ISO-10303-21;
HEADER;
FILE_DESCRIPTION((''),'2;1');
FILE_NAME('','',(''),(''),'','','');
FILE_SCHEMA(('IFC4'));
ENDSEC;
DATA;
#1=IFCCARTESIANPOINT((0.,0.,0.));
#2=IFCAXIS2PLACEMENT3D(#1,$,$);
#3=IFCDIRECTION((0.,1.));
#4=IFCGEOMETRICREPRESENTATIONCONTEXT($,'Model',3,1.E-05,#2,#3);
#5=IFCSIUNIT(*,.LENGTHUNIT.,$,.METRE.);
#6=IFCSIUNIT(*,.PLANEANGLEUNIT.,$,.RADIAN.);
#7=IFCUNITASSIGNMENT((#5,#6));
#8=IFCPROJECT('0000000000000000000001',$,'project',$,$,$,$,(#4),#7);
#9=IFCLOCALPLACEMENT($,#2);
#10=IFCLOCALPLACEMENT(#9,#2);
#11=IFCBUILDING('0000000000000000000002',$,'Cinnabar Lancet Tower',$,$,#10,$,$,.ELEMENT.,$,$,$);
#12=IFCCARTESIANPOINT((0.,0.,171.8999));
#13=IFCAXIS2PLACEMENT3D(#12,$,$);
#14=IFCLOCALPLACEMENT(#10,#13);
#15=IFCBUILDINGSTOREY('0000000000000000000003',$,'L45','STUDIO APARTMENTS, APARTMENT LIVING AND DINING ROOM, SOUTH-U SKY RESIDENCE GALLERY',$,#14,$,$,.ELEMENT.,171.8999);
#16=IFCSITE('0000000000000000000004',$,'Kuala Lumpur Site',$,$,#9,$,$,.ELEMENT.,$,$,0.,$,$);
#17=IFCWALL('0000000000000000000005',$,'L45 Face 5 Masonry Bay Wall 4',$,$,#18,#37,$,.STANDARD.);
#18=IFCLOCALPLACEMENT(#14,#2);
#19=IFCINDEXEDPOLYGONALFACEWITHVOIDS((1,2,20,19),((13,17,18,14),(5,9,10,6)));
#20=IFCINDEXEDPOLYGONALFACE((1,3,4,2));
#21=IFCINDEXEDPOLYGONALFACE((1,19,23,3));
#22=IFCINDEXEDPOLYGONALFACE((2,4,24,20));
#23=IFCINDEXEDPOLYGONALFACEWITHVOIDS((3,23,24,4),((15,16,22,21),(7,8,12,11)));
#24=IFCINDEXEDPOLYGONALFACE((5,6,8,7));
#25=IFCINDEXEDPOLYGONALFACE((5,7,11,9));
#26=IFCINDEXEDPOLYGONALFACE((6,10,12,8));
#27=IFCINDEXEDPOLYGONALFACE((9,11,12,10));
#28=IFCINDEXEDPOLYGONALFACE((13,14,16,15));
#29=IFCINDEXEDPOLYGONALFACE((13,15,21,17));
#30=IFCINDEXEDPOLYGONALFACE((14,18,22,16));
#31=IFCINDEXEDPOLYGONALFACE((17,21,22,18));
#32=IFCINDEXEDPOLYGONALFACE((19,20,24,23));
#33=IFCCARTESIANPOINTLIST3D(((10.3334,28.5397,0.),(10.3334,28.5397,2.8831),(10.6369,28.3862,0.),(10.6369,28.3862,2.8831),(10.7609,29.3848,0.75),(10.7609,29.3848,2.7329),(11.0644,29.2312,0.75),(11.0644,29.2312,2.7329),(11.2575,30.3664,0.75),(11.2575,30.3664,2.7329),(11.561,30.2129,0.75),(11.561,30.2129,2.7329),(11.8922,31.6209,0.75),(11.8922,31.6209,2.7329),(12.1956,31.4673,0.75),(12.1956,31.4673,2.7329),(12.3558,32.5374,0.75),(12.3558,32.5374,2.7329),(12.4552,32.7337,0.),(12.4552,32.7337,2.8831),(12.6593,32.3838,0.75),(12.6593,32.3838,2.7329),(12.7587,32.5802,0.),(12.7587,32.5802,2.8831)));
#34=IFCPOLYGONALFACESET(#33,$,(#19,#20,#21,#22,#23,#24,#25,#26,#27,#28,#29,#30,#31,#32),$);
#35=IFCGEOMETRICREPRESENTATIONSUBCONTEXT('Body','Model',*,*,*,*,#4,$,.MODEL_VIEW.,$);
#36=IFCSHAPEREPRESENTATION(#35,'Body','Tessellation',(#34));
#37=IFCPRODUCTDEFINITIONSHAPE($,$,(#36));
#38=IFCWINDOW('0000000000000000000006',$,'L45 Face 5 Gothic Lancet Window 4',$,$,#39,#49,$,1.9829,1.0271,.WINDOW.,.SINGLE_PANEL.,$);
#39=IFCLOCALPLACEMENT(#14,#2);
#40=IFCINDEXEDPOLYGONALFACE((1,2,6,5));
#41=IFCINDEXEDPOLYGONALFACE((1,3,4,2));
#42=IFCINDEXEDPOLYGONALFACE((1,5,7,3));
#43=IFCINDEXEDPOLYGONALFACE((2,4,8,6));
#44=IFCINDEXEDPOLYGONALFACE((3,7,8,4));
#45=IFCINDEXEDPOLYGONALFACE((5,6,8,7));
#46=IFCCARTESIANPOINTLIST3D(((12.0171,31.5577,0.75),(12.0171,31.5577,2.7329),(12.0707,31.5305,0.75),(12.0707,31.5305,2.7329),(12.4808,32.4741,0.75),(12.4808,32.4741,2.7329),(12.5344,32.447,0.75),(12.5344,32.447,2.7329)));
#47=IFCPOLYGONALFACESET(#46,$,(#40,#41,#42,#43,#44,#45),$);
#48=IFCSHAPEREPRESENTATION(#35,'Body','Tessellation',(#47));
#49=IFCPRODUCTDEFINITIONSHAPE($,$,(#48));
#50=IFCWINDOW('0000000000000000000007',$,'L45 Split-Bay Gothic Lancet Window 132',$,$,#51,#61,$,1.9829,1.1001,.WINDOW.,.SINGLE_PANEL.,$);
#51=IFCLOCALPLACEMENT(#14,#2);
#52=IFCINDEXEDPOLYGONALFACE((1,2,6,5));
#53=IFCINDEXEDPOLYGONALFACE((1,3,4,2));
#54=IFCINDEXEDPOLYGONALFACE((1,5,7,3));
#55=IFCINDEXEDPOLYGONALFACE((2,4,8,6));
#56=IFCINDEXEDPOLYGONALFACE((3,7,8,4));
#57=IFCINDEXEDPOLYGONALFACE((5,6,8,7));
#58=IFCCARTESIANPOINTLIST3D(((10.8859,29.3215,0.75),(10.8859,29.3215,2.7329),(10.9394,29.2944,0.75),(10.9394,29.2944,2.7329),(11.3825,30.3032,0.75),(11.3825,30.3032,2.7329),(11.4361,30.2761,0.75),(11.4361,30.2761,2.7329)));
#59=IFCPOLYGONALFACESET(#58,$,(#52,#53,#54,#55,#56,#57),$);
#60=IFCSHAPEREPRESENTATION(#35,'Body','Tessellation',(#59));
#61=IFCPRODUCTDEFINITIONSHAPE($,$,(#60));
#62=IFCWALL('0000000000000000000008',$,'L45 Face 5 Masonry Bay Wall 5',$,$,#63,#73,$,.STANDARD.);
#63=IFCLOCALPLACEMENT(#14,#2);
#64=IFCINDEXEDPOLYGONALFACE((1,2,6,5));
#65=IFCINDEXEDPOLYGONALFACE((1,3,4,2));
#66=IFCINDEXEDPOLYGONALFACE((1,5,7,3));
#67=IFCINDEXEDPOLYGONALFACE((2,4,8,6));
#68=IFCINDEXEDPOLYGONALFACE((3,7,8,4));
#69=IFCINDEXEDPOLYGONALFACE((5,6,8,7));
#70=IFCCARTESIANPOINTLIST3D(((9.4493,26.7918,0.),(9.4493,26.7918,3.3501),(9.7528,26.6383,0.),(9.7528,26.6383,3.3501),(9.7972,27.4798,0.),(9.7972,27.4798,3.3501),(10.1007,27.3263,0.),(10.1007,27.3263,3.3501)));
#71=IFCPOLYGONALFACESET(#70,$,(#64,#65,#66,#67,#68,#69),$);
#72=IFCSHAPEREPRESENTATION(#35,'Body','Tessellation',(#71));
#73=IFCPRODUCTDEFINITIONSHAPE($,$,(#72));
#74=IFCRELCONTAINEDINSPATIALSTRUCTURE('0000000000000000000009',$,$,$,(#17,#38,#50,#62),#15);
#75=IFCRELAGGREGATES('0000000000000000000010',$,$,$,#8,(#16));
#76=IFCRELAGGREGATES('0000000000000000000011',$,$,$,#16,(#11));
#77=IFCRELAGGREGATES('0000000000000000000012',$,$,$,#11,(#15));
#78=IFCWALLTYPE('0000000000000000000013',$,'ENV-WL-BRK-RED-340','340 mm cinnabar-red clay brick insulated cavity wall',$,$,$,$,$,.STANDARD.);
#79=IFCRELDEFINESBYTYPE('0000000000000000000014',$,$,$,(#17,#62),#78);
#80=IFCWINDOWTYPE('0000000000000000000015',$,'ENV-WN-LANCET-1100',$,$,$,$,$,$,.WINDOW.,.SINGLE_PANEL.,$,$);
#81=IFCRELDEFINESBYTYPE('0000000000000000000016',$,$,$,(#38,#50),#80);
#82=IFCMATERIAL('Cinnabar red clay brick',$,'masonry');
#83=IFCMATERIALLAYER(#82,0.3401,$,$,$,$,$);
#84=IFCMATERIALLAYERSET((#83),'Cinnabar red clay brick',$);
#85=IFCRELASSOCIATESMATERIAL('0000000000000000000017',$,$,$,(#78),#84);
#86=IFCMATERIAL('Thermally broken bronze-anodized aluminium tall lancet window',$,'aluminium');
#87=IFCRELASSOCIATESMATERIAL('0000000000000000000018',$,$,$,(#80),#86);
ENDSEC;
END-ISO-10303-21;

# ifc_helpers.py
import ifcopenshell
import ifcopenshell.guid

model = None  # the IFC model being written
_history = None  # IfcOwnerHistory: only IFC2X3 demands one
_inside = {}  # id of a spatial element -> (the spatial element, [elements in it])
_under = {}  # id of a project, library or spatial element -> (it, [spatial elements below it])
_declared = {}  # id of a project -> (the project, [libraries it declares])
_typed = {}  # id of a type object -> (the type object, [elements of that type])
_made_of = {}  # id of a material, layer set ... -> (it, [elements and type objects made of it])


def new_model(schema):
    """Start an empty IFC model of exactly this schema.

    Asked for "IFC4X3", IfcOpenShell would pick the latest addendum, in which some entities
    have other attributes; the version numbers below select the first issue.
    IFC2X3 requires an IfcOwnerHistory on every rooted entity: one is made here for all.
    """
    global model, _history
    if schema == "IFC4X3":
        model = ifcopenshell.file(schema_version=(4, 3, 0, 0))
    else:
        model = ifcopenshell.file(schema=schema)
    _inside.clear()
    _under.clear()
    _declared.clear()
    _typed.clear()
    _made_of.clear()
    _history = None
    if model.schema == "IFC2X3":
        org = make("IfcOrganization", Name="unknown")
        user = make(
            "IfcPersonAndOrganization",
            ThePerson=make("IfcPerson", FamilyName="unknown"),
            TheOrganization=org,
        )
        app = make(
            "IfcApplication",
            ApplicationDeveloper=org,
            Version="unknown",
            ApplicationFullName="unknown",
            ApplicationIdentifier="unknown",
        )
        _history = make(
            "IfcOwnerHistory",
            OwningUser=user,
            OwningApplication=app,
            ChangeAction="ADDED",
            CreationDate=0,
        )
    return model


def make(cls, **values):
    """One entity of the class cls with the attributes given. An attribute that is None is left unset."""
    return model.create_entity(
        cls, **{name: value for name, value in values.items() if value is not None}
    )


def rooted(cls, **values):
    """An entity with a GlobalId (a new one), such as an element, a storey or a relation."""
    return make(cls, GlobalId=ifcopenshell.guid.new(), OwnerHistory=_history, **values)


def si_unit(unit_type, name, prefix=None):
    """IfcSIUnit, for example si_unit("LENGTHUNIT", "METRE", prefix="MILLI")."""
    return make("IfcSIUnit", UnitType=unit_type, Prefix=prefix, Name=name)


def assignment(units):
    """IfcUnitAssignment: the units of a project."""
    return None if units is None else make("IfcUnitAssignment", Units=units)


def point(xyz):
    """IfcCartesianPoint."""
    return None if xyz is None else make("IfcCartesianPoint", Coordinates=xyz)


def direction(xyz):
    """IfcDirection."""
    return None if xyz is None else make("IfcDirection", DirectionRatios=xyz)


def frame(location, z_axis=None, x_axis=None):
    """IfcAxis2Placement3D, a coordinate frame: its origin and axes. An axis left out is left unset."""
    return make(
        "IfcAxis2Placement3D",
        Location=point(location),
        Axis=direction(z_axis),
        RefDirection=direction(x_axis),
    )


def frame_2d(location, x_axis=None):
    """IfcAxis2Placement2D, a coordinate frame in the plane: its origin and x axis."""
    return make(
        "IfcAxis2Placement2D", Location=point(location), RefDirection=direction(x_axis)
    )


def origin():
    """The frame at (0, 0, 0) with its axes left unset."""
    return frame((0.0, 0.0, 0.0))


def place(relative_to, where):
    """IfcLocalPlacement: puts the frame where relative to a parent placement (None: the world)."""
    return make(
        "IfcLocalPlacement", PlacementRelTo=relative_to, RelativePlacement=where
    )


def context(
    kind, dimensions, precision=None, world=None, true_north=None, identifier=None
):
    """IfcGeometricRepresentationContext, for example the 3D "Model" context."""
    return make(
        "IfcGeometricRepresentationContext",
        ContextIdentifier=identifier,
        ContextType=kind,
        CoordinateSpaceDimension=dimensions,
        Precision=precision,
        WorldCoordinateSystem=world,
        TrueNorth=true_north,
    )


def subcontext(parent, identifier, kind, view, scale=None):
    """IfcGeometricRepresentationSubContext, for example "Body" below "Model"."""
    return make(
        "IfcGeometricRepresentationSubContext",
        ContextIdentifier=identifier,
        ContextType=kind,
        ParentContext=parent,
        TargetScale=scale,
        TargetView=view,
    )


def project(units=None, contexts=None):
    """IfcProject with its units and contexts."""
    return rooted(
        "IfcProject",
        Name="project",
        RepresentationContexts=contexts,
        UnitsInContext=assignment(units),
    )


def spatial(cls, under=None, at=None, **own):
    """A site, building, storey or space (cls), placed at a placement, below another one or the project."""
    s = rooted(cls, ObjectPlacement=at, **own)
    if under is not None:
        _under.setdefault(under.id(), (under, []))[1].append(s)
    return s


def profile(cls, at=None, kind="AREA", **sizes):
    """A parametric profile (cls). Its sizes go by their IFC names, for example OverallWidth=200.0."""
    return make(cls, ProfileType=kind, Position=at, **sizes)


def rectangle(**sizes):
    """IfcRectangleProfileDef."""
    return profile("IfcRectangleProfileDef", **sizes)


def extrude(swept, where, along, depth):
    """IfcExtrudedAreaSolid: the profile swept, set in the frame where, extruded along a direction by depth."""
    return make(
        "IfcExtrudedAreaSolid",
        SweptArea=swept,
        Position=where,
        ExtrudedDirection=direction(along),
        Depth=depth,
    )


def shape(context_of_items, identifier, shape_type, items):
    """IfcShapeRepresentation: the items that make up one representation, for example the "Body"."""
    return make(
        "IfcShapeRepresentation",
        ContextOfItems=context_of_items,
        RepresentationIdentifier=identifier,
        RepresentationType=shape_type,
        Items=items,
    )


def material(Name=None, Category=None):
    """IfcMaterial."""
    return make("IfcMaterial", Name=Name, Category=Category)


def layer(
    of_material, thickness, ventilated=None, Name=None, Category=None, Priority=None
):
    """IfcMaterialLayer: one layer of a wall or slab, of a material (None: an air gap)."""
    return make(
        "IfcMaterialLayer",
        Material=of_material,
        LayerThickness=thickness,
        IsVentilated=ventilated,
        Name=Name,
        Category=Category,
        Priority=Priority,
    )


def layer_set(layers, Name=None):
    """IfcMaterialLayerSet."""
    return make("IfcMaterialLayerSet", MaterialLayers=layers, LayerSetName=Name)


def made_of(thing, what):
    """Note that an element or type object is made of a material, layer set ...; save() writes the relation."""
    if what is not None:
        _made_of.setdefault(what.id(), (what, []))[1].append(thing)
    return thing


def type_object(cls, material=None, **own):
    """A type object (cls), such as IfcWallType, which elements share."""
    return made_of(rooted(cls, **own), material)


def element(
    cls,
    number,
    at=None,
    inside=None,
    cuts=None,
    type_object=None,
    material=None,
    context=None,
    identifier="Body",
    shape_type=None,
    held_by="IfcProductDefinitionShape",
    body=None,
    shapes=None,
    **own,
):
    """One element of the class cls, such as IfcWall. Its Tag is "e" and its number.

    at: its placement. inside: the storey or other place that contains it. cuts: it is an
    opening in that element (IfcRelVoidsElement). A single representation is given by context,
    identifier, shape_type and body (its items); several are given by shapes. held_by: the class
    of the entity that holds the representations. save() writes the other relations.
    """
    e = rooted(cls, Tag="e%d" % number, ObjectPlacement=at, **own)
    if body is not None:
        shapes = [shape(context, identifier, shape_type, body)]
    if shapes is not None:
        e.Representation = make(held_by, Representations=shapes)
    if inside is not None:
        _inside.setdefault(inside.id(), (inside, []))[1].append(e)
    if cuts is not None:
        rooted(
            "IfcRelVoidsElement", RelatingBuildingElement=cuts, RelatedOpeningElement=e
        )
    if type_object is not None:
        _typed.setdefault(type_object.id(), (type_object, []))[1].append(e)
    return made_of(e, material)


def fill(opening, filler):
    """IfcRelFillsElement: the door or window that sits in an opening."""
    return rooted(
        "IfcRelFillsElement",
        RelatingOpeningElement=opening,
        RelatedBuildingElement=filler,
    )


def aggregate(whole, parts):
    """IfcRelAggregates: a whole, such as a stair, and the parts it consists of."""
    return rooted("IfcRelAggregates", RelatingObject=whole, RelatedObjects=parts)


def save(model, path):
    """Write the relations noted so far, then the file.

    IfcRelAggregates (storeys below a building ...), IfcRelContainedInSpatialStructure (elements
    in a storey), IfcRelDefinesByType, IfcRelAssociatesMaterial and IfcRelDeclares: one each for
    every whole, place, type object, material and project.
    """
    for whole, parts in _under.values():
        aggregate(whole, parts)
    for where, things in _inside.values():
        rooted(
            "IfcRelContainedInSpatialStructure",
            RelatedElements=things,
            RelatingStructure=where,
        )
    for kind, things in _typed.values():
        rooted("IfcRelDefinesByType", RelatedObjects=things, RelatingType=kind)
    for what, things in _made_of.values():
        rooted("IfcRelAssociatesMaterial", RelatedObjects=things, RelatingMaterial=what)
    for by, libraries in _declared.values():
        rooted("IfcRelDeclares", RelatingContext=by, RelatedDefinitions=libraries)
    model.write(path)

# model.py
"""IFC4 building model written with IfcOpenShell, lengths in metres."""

from ifc_helpers import new_model, si_unit, direction, frame, frame_2d, origin, place, context, subcontext, project, spatial, rectangle, extrude, material, layer, layer_set, type_object, element, fill, save


model = new_model("IFC4")

# Units and contexts
model_context = context("Model", 3, precision=1e-05, world=origin(), true_north=direction((0.0, 1.0)))
body_context = subcontext(model_context, "Body", "Model", "MODEL_VIEW")
ifc_project = project(units=[si_unit("LENGTHUNIT", "METRE"), si_unit("PLANEANGLEUNIT", "RADIAN")], contexts=[model_context])

# Site, building, storey
site_placement = place(None, origin())
site = spatial("IfcSite", under=ifc_project, at=site_placement, Name="Kuala Lumpur Site", CompositionType="ELEMENT", RefElevation=0.0)
building_placement = place(site_placement, origin())
building = spatial("IfcBuilding", under=site, at=building_placement, Name="Cinnabar Lancet Tower", CompositionType="ELEMENT")
storey_placement = place(building_placement, frame((0.0, 0.0, 171.8999)))
storey = spatial("IfcBuildingStorey", under=building, at=storey_placement, Name="L45", Description="STUDIO APARTMENTS, APARTMENT LIVING AND DINING ROOM, SOUTH-U SKY RESIDENCE GALLERY", CompositionType="ELEMENT", Elevation=171.8999)

# Shared definitions
ifc_material_1 = material(Name="Cinnabar red clay brick", Category="masonry")
ifc_layer_1 = layer(ifc_material_1, 0.3401)
ifc_layer_set_1 = layer_set([ifc_layer_1], Name="Cinnabar red clay brick")
wall_type_1 = type_object("IfcWallType", Name="ENV-WL-BRK-RED-340", Description="340 mm cinnabar-red clay brick insulated cavity wall", PredefinedType="STANDARD", material=ifc_layer_set_1)

# Wall, openings, windows
wall_1_placement = place(storey_placement, frame((12.6069, 32.657, 0.0), z_axis=(0.0, 0.0, 1.0), x_axis=(-0.451426, -0.892308, 0.0)))
wall_1 = element("IfcWall", 1, at=wall_1_placement, inside=storey, type_object=wall_type_1, Name="L45 Face 5 Masonry Bay Wall 4", PredefinedType="STANDARD", context=body_context, shape_type="SweptSolid", body=[
    extrude(rectangle(XDim=4.7002, YDim=0.3401, at=frame_2d((2.3501, 0.0))), origin(), (0.0, 0.0, 1.0), 2.8831),
])
opening_1_placement = place(wall_1_placement, frame((0.22, 0.0, 0.75)))
opening_1 = element("IfcOpeningElement", 2, at=opening_1_placement, cuts=wall_1, PredefinedType="OPENING", context=body_context, shape_type="SweptSolid", body=[
    extrude(rectangle(XDim=1.0271, YDim=1.9829, at=frame_2d((0.5137, 0.9915))), frame((0.0, 0.1799, 0.0), z_axis=(0.0, -1.0, 0.0), x_axis=(1.0, 0.0, 0.0)), (0.0, 0.0, 1.0), 0.3601),
])
opening_2_placement = place(wall_1_placement, frame((2.6531, 0.0, 0.75)))
opening_2 = element("IfcOpeningElement", 3, at=opening_2_placement, cuts=wall_1, PredefinedType="OPENING", context=body_context, shape_type="SweptSolid", body=[
    extrude(rectangle(XDim=1.1001, YDim=1.9829, at=frame_2d((0.55, 0.9915))), frame((0.0, 0.1799, 0.0), z_axis=(0.0, -1.0, 0.0), x_axis=(1.0, 0.0, 0.0)), (0.0, 0.0, 1.0), 0.3601),
])
ifc_material_2 = material(Name="Thermally broken bronze-anodized aluminium tall lancet window", Category="aluminium")
window_type = type_object("IfcWindowType", Name="ENV-WN-LANCET-1100", PartitioningType="SINGLE_PANEL", PredefinedType="WINDOW", material=ifc_material_2)
window_1_placement = place(opening_1_placement, origin())
window_1 = element("IfcWindow", 4, at=window_1_placement, inside=storey, type_object=window_type, Name="L45 Face 5 Gothic Lancet Window 4", OverallHeight=1.9829, OverallWidth=1.0271, PartitioningType="SINGLE_PANEL", PredefinedType="WINDOW", context=body_context, shape_type="SweptSolid", body=[
    extrude(rectangle(XDim=1.0271, YDim=1.9829, at=frame_2d((0.5137, 0.9915))), frame((0.0, 0.03, 0.0), z_axis=(0.0, -1.0, 0.0), x_axis=(1.0, 0.0, 0.0)), (0.0, 0.0, 1.0), 0.0601),
])
fill(opening_1, window_1)
window_2_placement = place(opening_2_placement, origin())
window_2 = element("IfcWindow", 5, at=window_2_placement, inside=storey, type_object=window_type, Name="L45 Split-Bay Gothic Lancet Window 132", OverallHeight=1.9829, OverallWidth=1.1001, PartitioningType="SINGLE_PANEL", PredefinedType="WINDOW", context=body_context, shape_type="SweptSolid", body=[
    extrude(rectangle(XDim=1.1001, YDim=1.9829, at=frame_2d((0.55, 0.9915))), frame((0.0, 0.03, 0.0), z_axis=(0.0, -1.0, 0.0), x_axis=(1.0, 0.0, 0.0)), (0.0, 0.0, 1.0), 0.0601),
])
fill(opening_2, window_2)

# Wall
wall_2_placement = place(storey_placement, frame((9.949, 27.4031, 0.0), z_axis=(0.0, 0.0, 1.0), x_axis=(-0.451262, -0.892391, 0.0)))
element("IfcWall", 6, at=wall_2_placement, inside=storey, type_object=wall_type_1, Name="L45 Face 5 Masonry Bay Wall 5", PredefinedType="STANDARD", context=body_context, shape_type="SweptSolid", body=[
    extrude(rectangle(XDim=0.771, YDim=0.3401, at=frame_2d((0.3855, 0.0))), origin(), (0.0, 0.0, 1.0), 3.3501),
])

save(model, "model.ifc")
